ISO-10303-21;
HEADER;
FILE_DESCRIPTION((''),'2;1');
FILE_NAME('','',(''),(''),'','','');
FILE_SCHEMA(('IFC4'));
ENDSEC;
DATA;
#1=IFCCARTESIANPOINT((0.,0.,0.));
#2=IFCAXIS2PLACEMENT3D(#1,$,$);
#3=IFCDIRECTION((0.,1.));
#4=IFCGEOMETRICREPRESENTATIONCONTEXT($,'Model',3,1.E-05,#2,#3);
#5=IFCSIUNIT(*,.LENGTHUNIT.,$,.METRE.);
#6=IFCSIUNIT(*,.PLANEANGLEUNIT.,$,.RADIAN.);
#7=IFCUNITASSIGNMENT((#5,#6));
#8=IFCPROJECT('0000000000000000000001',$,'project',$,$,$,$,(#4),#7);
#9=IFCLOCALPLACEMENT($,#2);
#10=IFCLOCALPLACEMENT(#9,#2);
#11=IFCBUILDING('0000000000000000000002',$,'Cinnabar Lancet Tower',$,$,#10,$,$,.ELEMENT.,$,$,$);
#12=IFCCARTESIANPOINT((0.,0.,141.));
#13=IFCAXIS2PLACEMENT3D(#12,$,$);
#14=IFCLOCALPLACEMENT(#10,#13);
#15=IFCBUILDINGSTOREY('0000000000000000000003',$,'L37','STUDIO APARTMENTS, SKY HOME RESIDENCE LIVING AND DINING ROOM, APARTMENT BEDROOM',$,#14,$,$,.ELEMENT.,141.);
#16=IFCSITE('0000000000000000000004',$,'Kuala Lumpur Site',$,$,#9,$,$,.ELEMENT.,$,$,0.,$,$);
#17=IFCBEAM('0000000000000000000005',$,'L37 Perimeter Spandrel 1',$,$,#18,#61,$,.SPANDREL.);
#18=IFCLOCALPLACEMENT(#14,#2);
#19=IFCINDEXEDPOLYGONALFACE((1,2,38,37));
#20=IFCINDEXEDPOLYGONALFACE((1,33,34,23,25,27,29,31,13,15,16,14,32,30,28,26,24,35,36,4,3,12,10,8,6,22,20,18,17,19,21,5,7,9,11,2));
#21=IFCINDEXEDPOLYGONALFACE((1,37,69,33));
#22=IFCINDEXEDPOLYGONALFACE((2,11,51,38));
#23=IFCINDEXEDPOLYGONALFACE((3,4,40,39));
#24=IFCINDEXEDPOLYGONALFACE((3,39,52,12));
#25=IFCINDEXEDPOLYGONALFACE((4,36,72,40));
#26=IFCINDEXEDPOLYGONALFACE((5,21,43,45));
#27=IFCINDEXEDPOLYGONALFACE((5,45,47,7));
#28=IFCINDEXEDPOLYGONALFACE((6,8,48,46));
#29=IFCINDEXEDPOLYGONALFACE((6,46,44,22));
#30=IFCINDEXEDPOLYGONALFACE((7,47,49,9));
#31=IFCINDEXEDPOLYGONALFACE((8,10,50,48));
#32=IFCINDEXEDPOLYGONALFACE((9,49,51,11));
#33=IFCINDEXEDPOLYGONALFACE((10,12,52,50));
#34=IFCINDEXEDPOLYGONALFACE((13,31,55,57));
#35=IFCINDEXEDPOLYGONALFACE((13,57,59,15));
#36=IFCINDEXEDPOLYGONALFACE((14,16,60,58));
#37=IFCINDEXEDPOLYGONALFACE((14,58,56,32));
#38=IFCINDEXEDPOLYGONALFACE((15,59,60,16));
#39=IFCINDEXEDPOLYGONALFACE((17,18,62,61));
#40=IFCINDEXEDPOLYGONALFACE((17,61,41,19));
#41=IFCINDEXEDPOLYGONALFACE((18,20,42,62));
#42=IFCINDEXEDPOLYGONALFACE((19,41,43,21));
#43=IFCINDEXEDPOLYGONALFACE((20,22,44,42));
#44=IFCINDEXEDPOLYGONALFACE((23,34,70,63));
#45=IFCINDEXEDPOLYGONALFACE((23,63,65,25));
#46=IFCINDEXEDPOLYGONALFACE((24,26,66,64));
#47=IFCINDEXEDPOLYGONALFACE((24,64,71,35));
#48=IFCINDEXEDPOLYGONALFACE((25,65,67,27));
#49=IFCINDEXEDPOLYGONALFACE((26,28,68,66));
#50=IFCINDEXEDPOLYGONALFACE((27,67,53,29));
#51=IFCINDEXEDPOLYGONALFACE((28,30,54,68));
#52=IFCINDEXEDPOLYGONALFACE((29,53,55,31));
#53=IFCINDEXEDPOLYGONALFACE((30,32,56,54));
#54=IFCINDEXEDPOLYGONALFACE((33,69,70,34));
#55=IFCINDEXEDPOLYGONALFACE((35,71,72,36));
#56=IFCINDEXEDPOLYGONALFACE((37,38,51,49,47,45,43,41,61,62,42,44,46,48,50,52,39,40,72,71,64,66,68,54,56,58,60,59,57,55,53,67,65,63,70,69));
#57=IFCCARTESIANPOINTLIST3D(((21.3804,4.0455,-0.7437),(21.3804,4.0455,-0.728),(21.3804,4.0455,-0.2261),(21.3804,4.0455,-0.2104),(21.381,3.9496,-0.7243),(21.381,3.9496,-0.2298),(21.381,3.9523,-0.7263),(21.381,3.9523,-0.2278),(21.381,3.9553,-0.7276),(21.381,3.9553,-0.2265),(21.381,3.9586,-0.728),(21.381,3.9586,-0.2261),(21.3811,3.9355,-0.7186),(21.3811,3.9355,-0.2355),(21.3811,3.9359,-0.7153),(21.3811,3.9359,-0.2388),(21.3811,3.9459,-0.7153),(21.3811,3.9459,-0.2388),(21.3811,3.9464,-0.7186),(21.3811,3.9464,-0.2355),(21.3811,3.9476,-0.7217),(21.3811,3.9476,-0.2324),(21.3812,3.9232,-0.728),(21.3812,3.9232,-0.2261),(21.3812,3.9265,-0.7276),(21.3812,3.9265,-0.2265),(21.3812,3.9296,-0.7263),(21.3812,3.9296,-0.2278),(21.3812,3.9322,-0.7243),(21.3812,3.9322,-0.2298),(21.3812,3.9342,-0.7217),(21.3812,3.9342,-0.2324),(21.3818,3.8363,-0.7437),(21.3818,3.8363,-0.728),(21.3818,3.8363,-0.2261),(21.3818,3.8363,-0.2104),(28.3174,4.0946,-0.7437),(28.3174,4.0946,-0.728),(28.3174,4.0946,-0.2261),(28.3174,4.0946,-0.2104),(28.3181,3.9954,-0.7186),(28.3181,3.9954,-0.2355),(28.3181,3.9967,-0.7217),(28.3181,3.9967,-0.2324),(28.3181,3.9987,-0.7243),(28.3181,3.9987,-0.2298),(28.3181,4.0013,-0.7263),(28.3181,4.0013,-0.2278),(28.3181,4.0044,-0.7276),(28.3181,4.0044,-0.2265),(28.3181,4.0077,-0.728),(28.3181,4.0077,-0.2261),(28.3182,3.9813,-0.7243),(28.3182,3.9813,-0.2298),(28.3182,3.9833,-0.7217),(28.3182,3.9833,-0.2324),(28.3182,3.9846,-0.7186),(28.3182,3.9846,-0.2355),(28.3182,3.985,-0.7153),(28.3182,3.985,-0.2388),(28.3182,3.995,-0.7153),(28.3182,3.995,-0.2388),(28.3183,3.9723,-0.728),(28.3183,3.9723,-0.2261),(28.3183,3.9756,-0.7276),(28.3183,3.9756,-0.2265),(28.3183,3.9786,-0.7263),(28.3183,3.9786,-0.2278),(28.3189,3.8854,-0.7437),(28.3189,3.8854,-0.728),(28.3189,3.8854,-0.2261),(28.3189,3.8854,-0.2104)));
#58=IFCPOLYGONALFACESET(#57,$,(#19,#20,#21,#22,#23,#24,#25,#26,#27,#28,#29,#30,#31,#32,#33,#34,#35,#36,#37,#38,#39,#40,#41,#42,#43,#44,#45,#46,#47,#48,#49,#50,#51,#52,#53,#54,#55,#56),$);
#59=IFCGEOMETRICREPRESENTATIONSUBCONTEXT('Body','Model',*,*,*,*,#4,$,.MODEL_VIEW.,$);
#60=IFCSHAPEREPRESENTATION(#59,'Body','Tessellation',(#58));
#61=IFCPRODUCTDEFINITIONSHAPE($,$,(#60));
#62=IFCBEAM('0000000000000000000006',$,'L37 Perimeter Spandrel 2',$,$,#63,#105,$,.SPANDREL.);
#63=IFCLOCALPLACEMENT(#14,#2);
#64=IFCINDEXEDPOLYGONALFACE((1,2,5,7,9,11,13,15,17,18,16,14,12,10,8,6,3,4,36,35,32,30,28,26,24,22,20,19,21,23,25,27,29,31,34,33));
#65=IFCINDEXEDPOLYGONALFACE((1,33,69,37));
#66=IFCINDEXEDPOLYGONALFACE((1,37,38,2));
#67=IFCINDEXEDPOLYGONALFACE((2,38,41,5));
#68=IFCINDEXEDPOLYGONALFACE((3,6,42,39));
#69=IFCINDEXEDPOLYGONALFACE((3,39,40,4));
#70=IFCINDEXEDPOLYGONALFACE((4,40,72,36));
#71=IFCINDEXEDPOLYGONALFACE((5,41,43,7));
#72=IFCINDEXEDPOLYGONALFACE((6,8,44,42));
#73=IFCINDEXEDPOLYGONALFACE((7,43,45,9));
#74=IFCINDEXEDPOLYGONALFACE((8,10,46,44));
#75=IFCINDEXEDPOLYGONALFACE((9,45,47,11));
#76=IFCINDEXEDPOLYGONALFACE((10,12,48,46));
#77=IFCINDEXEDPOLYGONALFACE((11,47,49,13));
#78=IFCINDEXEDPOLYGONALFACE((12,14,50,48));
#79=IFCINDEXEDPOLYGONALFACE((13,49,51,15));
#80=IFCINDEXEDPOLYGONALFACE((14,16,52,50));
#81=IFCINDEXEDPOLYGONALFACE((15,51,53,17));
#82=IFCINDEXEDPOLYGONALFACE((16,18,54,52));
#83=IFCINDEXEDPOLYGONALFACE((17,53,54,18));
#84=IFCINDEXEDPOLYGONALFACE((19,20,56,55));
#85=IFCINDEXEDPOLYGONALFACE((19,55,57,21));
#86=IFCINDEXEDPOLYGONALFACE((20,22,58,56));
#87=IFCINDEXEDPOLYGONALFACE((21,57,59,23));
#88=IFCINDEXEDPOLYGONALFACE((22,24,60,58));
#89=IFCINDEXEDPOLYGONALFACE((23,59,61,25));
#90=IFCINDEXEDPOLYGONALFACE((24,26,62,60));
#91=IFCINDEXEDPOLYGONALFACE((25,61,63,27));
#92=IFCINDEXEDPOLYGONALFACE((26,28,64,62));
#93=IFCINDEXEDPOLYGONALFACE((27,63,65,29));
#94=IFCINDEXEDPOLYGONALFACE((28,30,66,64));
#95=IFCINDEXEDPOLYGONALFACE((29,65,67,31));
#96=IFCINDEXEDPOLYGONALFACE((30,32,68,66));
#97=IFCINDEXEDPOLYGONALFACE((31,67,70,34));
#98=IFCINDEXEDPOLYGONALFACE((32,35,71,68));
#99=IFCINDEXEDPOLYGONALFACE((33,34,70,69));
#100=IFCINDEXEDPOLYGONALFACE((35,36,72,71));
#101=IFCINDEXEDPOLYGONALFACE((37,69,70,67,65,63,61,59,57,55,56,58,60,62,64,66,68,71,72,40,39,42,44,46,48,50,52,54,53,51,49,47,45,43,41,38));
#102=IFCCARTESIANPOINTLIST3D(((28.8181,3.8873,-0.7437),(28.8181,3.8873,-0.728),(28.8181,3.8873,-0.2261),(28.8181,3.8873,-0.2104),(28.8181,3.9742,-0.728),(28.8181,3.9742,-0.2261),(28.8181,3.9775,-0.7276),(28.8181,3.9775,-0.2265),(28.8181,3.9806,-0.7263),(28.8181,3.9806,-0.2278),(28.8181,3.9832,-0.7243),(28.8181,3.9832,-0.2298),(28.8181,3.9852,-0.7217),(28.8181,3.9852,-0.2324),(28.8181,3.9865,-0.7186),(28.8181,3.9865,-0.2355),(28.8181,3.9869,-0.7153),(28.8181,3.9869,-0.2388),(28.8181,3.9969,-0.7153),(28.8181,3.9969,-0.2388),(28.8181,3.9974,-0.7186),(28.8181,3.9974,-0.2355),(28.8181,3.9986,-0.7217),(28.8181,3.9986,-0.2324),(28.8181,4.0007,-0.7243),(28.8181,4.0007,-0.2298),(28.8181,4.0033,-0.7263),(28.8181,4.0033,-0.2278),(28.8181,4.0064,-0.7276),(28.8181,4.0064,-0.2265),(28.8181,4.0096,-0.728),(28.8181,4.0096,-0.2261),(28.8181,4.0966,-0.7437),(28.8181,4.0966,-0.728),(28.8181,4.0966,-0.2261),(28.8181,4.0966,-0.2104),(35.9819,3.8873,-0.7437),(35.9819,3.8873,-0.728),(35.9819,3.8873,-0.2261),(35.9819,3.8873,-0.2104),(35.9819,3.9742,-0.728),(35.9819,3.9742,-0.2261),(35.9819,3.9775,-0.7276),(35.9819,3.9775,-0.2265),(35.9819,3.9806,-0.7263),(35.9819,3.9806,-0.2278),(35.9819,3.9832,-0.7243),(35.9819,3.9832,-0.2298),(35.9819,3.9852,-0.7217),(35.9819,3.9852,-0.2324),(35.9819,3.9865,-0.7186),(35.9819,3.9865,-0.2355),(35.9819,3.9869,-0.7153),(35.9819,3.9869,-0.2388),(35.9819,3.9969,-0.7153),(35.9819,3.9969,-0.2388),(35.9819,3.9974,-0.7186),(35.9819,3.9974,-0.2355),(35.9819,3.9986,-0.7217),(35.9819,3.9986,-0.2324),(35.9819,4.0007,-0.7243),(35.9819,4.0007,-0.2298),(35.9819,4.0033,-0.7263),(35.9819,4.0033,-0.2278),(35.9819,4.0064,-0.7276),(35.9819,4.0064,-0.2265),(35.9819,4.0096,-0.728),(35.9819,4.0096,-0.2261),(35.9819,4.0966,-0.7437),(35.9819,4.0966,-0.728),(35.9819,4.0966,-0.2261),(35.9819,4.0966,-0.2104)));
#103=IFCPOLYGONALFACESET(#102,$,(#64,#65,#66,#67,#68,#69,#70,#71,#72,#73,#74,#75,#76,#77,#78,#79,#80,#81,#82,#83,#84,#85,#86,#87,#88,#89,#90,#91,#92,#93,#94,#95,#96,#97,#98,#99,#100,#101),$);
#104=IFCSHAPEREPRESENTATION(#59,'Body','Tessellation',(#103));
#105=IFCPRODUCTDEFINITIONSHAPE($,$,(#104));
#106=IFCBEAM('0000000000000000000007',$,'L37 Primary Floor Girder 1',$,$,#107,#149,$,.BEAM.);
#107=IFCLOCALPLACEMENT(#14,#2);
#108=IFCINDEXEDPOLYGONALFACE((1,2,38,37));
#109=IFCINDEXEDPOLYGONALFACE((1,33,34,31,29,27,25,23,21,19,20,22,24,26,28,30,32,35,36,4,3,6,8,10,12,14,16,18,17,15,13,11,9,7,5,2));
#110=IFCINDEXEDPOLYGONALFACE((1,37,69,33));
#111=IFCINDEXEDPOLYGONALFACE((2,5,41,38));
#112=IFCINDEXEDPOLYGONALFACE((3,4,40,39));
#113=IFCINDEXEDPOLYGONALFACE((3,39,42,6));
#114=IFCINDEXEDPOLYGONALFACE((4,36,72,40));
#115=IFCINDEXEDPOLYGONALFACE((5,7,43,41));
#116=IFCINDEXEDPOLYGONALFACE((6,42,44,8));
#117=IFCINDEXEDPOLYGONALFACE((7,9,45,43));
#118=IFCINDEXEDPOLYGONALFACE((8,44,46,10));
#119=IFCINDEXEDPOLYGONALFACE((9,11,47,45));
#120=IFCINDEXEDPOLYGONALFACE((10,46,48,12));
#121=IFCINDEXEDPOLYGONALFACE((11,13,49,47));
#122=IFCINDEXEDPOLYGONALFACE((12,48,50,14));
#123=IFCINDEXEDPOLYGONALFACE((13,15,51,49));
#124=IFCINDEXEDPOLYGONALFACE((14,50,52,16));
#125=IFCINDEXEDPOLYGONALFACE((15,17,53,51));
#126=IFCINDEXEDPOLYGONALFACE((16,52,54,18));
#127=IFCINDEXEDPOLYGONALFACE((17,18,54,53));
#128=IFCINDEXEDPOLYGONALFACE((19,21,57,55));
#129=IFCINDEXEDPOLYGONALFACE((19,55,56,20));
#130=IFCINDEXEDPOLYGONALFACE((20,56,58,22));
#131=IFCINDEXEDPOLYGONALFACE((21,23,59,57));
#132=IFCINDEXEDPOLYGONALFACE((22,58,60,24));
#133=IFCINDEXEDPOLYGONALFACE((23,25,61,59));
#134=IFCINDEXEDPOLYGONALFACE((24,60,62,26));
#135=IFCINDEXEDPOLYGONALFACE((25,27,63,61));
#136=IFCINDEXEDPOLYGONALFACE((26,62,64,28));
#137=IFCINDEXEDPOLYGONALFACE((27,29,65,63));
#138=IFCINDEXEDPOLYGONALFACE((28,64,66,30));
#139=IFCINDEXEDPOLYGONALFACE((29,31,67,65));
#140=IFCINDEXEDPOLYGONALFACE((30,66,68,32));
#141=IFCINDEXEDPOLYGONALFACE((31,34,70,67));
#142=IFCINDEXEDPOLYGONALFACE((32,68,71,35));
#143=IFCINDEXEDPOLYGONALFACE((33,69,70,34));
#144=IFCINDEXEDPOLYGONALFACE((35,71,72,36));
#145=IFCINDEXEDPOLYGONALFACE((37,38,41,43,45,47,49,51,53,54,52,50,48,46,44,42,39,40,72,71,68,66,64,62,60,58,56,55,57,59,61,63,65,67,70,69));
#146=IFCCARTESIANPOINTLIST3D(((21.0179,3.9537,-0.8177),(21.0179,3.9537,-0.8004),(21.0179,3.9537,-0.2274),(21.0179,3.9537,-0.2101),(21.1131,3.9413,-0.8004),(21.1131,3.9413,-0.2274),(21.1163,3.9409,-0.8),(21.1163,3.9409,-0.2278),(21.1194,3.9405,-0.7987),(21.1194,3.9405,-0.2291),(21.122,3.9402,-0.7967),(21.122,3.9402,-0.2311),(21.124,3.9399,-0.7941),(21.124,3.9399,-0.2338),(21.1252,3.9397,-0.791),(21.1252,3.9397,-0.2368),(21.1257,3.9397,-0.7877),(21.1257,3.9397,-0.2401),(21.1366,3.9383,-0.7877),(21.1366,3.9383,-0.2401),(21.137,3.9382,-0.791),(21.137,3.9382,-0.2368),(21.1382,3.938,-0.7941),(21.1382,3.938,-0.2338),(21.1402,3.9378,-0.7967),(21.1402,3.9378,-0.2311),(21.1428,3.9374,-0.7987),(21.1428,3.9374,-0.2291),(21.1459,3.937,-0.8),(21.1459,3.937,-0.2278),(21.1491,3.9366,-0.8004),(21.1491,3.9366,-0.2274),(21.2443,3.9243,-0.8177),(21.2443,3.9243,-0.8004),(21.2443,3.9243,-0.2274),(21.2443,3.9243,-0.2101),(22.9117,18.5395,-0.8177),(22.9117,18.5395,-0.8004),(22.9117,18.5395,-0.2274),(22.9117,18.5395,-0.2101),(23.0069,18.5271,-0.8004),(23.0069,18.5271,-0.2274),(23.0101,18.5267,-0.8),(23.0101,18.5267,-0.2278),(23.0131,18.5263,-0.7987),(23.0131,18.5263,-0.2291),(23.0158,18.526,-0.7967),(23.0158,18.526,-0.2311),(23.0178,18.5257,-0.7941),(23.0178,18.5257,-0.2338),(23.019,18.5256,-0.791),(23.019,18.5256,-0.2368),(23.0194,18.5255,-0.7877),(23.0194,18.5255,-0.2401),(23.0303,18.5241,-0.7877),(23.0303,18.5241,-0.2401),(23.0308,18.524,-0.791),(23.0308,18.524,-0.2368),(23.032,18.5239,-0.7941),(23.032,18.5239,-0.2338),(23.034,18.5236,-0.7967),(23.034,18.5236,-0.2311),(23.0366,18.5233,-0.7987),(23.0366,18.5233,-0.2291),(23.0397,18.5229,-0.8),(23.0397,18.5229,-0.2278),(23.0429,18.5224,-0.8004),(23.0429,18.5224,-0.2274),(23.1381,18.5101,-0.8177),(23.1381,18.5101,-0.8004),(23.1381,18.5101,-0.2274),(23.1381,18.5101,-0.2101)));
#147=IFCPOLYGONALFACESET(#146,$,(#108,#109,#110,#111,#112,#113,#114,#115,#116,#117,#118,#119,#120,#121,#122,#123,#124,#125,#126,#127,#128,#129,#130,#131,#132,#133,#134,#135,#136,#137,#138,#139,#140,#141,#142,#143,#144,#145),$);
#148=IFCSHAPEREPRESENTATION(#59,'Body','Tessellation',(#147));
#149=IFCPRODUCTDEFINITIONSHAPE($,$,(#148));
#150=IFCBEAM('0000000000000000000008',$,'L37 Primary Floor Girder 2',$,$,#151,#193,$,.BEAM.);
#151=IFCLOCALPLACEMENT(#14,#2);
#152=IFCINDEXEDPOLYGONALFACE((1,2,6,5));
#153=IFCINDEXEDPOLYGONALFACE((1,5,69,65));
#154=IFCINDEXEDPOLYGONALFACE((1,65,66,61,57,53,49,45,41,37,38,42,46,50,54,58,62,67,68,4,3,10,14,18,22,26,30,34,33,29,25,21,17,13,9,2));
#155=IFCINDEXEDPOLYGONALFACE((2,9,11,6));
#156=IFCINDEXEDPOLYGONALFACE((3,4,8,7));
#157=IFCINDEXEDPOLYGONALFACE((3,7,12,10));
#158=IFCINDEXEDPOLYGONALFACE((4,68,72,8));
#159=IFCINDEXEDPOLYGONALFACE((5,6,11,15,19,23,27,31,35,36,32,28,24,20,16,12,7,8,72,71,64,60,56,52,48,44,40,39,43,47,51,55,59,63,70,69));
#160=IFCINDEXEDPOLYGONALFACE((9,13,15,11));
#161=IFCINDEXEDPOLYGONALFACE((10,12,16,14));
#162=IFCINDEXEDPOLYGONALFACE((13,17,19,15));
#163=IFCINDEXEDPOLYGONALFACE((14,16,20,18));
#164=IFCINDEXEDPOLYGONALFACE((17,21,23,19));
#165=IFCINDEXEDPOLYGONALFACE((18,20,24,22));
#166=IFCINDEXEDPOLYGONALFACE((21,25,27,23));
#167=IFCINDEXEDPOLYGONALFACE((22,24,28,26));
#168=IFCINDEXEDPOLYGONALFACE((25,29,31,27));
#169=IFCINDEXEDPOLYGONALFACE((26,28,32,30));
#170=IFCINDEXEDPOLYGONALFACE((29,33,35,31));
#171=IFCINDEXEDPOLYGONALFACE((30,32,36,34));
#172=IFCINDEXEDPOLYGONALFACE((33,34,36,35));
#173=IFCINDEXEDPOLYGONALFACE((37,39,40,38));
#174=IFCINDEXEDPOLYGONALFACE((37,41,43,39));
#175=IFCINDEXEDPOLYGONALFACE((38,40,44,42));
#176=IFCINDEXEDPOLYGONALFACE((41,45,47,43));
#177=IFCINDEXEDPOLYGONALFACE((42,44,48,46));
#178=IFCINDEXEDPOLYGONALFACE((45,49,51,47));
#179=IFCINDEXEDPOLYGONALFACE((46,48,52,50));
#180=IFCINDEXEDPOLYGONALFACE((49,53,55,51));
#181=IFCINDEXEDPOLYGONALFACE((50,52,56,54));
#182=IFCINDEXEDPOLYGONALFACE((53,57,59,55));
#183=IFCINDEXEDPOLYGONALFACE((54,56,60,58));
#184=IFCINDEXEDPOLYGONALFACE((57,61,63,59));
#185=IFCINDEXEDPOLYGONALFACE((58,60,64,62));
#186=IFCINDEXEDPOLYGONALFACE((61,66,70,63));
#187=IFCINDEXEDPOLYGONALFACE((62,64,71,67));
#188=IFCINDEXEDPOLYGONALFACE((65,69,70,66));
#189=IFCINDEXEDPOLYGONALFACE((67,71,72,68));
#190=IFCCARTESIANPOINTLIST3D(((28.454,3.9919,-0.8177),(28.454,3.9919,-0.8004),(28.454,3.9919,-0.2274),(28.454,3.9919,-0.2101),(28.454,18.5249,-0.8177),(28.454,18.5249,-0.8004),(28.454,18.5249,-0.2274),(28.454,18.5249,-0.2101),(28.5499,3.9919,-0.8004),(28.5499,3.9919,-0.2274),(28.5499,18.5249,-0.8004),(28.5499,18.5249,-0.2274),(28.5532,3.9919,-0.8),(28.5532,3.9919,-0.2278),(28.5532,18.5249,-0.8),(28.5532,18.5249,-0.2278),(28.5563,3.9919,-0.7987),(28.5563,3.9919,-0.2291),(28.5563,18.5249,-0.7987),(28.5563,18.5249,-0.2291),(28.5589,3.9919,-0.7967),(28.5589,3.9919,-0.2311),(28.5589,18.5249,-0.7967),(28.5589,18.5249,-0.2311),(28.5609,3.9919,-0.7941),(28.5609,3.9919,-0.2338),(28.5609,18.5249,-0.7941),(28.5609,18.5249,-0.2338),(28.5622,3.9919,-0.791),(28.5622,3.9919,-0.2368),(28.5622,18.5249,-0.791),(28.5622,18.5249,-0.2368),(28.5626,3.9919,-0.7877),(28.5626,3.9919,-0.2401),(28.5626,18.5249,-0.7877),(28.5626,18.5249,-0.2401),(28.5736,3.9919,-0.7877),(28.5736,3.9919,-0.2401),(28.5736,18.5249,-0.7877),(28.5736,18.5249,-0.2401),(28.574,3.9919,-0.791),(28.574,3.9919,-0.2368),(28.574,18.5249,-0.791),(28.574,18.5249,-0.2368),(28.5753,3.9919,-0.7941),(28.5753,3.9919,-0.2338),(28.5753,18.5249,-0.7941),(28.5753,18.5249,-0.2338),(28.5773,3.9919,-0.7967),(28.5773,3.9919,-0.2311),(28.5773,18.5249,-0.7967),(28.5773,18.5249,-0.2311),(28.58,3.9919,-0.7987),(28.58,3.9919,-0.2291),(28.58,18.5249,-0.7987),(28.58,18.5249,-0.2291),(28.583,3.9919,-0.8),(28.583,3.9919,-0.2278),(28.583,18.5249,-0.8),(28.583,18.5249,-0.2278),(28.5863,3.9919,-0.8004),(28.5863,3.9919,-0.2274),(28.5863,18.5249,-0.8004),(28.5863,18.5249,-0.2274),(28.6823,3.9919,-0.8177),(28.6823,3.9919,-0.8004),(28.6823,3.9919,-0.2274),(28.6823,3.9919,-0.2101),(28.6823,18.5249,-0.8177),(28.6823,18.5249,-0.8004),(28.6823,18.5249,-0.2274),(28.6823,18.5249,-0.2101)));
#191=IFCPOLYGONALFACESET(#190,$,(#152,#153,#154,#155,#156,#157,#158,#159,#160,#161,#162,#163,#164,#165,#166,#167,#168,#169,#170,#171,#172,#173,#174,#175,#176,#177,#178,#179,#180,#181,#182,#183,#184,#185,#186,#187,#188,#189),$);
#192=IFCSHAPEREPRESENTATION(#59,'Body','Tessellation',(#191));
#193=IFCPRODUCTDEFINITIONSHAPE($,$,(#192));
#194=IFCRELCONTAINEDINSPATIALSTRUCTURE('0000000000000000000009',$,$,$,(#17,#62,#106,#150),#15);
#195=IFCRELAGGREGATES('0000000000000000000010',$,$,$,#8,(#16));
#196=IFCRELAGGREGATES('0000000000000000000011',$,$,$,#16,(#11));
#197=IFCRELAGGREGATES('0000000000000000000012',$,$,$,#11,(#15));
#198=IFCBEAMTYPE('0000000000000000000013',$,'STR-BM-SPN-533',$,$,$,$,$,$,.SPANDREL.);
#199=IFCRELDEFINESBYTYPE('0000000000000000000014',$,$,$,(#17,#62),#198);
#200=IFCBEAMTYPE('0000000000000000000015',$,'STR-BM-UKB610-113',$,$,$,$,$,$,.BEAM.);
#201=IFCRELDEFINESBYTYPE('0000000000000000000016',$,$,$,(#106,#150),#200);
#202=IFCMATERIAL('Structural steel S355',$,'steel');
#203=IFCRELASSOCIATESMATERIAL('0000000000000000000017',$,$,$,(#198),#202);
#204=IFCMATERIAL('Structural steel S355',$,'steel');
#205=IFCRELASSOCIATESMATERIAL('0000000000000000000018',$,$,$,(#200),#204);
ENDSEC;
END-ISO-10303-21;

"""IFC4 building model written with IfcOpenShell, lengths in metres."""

from ifc_helpers import new_model, si_unit, direction, frame, origin, origin_2d, place, context, subcontext, project, spatial, i_section, extrude, material, material_profile, profile_set, type_object, element, save


model = new_model("IFC4")

# Units and contexts
model_context = context("Model", 3, precision=1e-05, world=origin(), true_north=direction((0.0, 1.0)))
body_context = subcontext(model_context, "Body", "Model", "MODEL_VIEW")
ifc_project = project(units=[si_unit("LENGTHUNIT", "METRE"), si_unit("PLANEANGLEUNIT", "RADIAN")], contexts=[model_context])

# Site, building, storey
site_placement = place(None, origin())
site = spatial("IfcSite", under=ifc_project, at=site_placement, Name="Kuala Lumpur Site", CompositionType="ELEMENT", RefElevation=0.0)
building_placement = place(site_placement, origin())
building = spatial("IfcBuilding", under=site, at=building_placement, Name="Cinnabar Lancet Tower", CompositionType="ELEMENT")
storey_placement = place(building_placement, frame((0.0, 0.0, 141.0)))
storey = spatial("IfcBuildingStorey", under=building, at=storey_placement, Name="L37", Description="STUDIO APARTMENTS, SKY HOME RESIDENCE LIVING AND DINING ROOM, APARTMENT BEDROOM", CompositionType="ELEMENT", Elevation=141.0)

# Beams
ifc_material_1 = material(Name="Structural steel S355", Category="steel")
ifc_material_profile_1 = material_profile(ifc_material_1, i_section(OverallWidth=0.2092, OverallDepth=0.5332, WebThickness=0.01, FlangeThickness=0.0156, FilletRadius=0.0127, at=origin_2d()), Name="UKB 533x210x92")
ifc_profile_set_1 = profile_set([ifc_material_profile_1], Name="Structural steel S355")
beam_type_1 = type_object("IfcBeamType", Name="STR-BM-SPN-533", PredefinedType="SPANDREL", material=ifc_profile_set_1)
beam_1_placement = place(storey_placement, frame((21.3811, 3.9409, -0.4771), z_axis=(0.999975, 0.007074, 0.0), x_axis=(-0.007074, 0.999975, 0.0)))
element("IfcBeam", 1, at=beam_1_placement, inside=storey, type_object=beam_type_1, Name="L37 Perimeter Spandrel 1", PredefinedType="SPANDREL", context=body_context, shape_type="SweptSolid", body=[
    extrude(i_section(OverallWidth=0.2092, OverallDepth=0.5332, WebThickness=0.01, FlangeThickness=0.0156, FilletRadius=0.0127, at=origin_2d()), origin(), (0.0, 0.0, 1.0), 6.9373),
])
beam_2_placement = place(storey_placement, frame((28.8181, 3.9919, -0.4771), z_axis=(1.0, 0.0, 0.0), x_axis=(0.0, 1.0, 0.0)))
element("IfcBeam", 2, at=beam_2_placement, inside=storey, type_object=beam_type_1, Name="L37 Perimeter Spandrel 2", PredefinedType="SPANDREL", context=body_context, shape_type="SweptSolid", body=[
    extrude(i_section(OverallWidth=0.2092, OverallDepth=0.5332, WebThickness=0.01, FlangeThickness=0.0156, FilletRadius=0.0127, at=origin_2d()), origin(), (0.0, 0.0, 1.0), 7.1638),
])
ifc_material_2 = material(Name="Structural steel S355", Category="steel")
ifc_material_profile_2 = material_profile(ifc_material_2, i_section(OverallWidth=0.2283, OverallDepth=0.6077, WebThickness=0.011, FlangeThickness=0.0173, FilletRadius=0.0127, at=origin_2d()), Name="UKB 610x229x113")
ifc_profile_set_2 = profile_set([ifc_material_profile_2], Name="Structural steel S355")
beam_type_2 = type_object("IfcBeamType", Name="STR-BM-UKB610-113", PredefinedType="BEAM", material=ifc_profile_set_2)
beam_3_placement = place(storey_placement, frame((21.1311, 3.939, -0.5139), z_axis=(0.128757, 0.991676, 0.0), x_axis=(-0.991676, 0.128757, 0.0)))
element("IfcBeam", 3, at=beam_3_placement, inside=storey, type_object=beam_type_2, Name="L37 Primary Floor Girder 1", PredefinedType="BEAM", context=body_context, shape_type="SweptSolid", body=[
    extrude(i_section(OverallWidth=0.2283, OverallDepth=0.6077, WebThickness=0.011, FlangeThickness=0.0173, FilletRadius=0.0127, at=origin_2d()), origin(), (0.0, 0.0, 1.0), 14.7083),
])
beam_4_placement = place(storey_placement, frame((28.5681, 3.9919, -0.5139), z_axis=(0.0, 1.0, 0.0), x_axis=(-1.0, 0.0, 0.0)))
element("IfcBeam", 4, at=beam_4_placement, inside=storey, type_object=beam_type_2, Name="L37 Primary Floor Girder 2", PredefinedType="BEAM", context=body_context, shape_type="SweptSolid", body=[
    extrude(i_section(OverallWidth=0.2283, OverallDepth=0.6077, WebThickness=0.011, FlangeThickness=0.0173, FilletRadius=0.0127, at=origin_2d()), origin(), (0.0, 0.0, 1.0), 14.533),
])

save(model, "model.ifc")
